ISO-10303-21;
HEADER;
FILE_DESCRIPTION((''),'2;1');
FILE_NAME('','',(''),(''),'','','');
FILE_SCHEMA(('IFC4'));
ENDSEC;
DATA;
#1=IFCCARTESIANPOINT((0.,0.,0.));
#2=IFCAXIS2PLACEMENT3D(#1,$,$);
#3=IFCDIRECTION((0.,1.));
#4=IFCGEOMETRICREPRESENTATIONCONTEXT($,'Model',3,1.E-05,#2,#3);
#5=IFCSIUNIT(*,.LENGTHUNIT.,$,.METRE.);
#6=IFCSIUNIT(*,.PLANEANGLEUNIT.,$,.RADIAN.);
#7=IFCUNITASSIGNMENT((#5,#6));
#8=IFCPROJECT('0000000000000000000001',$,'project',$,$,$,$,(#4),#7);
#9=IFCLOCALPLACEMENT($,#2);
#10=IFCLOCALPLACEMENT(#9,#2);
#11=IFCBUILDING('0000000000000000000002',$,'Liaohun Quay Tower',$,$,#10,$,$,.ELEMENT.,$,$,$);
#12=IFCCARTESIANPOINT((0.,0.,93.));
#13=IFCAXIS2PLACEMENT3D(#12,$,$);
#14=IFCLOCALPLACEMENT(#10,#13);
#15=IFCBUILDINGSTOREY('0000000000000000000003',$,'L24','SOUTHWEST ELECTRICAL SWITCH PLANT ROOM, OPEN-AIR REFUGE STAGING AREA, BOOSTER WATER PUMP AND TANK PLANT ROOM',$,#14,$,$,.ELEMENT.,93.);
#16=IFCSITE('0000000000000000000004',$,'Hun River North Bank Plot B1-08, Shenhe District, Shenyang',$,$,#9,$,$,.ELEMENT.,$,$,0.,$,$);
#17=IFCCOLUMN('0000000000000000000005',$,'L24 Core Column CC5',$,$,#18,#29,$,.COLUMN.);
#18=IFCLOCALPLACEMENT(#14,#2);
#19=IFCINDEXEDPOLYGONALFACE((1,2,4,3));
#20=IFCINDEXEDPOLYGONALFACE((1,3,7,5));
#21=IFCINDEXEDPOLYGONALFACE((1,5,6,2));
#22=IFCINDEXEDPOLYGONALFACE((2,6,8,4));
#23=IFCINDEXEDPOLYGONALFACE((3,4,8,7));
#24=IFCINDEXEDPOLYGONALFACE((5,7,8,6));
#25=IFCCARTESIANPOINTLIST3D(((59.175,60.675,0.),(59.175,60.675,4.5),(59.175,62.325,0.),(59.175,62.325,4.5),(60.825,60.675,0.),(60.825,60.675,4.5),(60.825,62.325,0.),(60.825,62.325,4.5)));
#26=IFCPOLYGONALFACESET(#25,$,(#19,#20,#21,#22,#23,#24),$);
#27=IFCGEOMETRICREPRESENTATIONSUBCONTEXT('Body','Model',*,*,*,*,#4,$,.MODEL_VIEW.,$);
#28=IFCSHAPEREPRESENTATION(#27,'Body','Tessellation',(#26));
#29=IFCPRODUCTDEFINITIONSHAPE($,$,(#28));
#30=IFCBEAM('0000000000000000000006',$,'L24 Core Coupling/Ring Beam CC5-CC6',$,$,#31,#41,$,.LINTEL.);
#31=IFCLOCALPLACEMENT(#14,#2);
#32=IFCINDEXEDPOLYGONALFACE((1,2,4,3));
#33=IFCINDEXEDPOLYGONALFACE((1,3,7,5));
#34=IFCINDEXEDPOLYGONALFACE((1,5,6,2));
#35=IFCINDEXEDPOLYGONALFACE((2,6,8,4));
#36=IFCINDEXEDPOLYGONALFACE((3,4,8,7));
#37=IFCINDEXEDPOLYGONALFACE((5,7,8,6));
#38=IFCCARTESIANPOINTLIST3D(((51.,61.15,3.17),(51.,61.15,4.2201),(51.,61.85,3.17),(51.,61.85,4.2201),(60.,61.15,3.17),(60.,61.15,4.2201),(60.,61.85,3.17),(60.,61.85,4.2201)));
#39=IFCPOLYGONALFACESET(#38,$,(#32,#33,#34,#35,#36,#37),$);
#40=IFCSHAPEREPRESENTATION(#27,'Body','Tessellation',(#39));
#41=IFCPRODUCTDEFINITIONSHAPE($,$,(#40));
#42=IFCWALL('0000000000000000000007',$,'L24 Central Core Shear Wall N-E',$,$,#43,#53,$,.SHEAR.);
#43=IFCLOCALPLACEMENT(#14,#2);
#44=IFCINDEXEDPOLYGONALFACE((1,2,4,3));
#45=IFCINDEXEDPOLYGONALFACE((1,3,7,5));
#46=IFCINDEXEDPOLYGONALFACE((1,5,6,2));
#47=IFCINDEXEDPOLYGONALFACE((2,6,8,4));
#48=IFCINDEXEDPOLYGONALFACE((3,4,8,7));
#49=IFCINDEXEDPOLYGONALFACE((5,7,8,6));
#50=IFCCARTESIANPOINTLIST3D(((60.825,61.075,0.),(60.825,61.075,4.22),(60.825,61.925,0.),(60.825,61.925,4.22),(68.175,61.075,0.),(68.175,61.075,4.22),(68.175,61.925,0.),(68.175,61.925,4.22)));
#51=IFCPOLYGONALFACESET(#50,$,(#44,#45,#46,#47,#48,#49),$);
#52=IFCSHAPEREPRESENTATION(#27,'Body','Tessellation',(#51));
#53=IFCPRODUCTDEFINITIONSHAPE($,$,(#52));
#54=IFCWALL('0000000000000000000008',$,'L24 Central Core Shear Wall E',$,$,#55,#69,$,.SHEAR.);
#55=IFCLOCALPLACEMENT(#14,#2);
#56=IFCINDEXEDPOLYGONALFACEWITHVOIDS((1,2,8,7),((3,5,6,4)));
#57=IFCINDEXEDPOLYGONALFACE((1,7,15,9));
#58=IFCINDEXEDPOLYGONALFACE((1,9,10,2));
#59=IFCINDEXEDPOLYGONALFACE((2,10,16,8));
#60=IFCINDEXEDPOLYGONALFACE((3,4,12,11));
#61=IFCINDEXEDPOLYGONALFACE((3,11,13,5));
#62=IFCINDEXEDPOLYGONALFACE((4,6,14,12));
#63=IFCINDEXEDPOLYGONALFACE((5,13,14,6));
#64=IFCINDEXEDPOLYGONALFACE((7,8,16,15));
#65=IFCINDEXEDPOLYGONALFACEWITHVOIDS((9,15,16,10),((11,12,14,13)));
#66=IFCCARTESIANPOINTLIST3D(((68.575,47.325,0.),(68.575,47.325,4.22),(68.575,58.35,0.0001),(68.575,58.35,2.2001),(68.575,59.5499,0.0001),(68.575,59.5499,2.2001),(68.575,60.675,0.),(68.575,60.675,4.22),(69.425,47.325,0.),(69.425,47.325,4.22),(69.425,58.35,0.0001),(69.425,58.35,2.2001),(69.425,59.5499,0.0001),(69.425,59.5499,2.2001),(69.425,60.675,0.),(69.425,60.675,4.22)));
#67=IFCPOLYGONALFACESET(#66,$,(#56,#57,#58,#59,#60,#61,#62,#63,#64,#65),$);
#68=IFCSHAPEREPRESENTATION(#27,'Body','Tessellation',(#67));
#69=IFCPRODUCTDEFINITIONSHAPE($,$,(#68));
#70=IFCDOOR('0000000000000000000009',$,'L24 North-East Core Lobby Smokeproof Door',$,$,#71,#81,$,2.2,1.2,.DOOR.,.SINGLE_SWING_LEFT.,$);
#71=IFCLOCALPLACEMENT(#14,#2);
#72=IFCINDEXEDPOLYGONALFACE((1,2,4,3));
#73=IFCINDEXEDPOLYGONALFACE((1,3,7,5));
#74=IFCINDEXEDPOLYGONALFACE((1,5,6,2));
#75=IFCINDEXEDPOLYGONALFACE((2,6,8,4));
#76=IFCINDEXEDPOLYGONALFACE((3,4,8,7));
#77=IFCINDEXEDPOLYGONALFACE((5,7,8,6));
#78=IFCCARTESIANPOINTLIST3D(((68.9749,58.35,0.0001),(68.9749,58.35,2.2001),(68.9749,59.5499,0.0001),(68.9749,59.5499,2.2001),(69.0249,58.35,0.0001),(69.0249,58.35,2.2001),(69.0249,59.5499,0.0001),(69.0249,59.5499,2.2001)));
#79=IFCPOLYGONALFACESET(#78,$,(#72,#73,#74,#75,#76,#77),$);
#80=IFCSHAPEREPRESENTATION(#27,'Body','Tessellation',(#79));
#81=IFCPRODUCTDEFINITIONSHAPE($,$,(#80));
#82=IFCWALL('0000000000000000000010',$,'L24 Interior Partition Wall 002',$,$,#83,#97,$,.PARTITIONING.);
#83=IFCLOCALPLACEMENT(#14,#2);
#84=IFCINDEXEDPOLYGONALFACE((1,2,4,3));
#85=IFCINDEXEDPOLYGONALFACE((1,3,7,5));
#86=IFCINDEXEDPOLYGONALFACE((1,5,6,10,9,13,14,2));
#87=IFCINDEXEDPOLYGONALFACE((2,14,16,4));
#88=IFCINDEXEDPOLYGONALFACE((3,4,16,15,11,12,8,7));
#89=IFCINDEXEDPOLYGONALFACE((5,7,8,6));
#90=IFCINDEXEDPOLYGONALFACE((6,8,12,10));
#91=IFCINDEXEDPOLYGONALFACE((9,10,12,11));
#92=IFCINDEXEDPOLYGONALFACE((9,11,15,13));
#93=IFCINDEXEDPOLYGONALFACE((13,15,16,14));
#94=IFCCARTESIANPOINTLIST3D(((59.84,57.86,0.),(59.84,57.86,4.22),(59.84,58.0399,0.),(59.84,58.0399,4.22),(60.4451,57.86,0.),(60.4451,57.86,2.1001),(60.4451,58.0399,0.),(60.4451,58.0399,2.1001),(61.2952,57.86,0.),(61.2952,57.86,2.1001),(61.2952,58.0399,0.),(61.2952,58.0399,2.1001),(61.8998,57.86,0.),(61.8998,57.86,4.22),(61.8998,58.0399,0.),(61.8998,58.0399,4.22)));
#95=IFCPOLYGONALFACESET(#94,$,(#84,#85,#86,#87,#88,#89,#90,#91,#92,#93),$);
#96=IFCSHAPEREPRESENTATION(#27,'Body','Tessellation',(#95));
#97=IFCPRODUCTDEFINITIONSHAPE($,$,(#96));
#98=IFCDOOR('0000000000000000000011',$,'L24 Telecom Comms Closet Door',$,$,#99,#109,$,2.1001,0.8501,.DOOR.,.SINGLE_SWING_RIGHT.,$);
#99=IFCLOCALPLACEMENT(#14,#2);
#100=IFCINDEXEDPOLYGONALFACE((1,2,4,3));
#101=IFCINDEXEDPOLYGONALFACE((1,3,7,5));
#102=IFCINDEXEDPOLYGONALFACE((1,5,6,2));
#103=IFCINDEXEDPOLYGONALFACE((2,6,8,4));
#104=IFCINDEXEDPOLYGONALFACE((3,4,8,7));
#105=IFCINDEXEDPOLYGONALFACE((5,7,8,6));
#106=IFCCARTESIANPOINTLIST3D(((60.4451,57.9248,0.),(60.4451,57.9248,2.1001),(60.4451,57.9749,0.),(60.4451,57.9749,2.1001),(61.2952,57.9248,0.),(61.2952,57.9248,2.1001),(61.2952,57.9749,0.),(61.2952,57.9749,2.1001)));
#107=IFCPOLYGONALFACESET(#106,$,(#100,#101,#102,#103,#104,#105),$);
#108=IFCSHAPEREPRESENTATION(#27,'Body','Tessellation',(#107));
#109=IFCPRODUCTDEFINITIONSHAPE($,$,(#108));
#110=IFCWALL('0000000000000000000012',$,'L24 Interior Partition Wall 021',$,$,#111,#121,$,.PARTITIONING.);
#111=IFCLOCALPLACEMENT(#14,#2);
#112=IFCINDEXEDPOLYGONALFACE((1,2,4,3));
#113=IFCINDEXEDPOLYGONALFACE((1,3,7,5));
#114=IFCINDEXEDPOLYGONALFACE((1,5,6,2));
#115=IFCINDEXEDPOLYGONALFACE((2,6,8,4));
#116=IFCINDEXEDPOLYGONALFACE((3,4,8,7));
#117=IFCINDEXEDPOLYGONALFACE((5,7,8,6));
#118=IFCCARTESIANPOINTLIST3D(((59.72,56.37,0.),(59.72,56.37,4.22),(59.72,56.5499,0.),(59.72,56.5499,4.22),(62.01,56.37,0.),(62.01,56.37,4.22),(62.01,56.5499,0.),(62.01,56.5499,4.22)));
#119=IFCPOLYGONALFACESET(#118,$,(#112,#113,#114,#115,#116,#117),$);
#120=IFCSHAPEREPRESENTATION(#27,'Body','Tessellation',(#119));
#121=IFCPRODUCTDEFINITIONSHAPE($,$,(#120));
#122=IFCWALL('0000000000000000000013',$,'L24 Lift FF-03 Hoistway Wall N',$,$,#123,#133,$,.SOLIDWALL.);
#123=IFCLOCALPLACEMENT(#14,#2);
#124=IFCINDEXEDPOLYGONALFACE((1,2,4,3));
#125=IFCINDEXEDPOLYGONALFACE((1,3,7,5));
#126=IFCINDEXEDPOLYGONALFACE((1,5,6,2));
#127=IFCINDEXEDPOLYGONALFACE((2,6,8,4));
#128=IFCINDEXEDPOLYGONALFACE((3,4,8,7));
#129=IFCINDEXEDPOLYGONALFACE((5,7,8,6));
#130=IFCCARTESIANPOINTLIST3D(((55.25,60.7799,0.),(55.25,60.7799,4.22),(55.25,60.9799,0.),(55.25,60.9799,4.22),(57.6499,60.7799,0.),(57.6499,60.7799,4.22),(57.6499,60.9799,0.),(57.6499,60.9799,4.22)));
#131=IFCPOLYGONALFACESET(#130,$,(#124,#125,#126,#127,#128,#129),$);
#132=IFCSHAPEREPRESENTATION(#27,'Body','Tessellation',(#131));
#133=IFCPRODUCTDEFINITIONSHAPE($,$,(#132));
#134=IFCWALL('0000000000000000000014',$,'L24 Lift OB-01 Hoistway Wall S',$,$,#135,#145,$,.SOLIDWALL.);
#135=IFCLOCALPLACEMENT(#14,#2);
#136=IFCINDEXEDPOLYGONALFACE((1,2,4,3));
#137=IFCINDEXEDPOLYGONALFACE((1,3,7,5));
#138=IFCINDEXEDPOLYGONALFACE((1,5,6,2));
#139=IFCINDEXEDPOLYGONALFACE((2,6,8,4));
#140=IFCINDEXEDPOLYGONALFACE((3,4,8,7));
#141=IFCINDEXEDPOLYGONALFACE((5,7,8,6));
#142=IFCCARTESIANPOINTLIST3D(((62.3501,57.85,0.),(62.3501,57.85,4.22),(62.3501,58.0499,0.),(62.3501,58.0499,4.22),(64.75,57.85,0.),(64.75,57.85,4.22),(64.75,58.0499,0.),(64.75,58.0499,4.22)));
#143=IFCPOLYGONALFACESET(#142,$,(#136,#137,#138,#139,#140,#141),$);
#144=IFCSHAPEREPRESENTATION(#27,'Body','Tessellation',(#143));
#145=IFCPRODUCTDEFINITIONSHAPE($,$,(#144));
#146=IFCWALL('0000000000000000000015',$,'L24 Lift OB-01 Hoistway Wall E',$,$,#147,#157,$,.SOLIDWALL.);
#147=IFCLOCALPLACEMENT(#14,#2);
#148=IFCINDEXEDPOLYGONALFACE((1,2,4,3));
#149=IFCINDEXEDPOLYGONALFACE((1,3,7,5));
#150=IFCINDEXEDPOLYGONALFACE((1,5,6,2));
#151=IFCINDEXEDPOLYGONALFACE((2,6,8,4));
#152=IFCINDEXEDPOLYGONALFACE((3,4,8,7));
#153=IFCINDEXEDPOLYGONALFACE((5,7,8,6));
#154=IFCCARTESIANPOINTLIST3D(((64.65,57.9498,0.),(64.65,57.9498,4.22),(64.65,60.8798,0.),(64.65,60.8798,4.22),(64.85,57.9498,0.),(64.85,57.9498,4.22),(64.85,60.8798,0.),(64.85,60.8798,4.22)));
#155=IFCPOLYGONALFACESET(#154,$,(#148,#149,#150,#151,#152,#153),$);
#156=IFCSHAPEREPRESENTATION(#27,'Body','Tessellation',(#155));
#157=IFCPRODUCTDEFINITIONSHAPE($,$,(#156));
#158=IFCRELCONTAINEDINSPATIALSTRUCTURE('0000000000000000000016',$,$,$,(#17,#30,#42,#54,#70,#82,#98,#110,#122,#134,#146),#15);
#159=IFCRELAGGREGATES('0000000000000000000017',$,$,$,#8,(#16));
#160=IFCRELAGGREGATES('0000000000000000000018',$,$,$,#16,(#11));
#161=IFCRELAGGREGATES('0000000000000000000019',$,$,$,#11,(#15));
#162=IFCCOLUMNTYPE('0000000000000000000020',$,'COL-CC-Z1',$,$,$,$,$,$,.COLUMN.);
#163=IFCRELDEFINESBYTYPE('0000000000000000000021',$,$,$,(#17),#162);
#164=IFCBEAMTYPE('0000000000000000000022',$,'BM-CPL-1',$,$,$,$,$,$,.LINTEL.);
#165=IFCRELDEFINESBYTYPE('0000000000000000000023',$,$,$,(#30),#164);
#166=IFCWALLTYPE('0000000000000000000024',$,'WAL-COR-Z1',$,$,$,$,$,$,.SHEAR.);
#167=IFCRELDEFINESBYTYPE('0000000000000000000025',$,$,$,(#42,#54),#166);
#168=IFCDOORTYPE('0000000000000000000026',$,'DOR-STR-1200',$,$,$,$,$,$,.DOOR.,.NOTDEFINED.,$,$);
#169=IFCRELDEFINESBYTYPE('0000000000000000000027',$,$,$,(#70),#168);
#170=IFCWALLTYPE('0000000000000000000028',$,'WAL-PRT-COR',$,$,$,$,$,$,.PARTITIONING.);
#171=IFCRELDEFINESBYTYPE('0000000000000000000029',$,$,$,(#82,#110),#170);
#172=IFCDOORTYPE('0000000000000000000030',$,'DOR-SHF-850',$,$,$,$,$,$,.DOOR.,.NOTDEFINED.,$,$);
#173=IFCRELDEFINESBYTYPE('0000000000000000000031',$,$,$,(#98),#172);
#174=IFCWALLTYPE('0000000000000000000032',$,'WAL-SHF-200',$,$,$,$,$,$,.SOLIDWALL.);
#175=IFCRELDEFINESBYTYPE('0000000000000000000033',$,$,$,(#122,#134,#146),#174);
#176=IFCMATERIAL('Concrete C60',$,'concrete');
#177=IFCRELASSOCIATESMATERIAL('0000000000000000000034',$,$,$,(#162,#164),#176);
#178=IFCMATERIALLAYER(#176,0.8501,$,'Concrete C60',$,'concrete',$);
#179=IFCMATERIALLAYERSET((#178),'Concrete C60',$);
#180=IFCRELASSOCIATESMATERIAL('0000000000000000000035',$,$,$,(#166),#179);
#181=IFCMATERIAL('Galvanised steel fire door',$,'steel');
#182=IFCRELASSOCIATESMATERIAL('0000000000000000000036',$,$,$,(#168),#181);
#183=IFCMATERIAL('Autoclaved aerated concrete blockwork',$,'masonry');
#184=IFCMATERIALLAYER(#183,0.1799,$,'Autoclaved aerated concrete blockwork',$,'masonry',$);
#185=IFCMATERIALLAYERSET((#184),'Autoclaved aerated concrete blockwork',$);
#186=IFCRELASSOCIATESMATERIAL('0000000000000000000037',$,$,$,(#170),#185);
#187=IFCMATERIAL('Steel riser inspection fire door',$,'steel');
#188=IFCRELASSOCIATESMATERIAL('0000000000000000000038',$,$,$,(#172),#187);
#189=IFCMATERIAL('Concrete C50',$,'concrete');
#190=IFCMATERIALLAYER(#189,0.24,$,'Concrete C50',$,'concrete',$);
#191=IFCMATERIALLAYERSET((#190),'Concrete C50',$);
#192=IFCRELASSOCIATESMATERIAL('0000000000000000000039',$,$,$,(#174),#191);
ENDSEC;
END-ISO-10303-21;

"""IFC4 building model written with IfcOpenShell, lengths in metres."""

from ifc_helpers import new_model, si_unit, direction, frame, frame_2d, origin, origin_2d, place, context, subcontext, project, spatial, rectangle, extrude, source, transform, mapped, material, layer, layer_set, material_profile, profile_set, type_object, element, fill, save


model = new_model("IFC4")

# Units and contexts
model_context = context("Model", 3, precision=1e-05, world=origin(), true_north=direction((0.0, 1.0)))
body_context = subcontext(model_context, "Body", "Model", "MODEL_VIEW")
ifc_project = project(units=[si_unit("LENGTHUNIT", "METRE"), si_unit("PLANEANGLEUNIT", "RADIAN")], contexts=[model_context])

# Site, building, storey
site_placement = place(None, origin())
site = spatial("IfcSite", under=ifc_project, at=site_placement, Name="Hun River North Bank Plot B1-08, Shenhe District, Shenyang", CompositionType="ELEMENT", RefElevation=0.0)
building_placement = place(site_placement, origin())
building = spatial("IfcBuilding", under=site, at=building_placement, Name="Liaohun Quay Tower", CompositionType="ELEMENT")
storey_placement = place(building_placement, frame((0.0, 0.0, 93.0)))
storey = spatial("IfcBuildingStorey", under=building, at=storey_placement, Name="L24", Description="SOUTHWEST ELECTRICAL SWITCH PLANT ROOM, OPEN-AIR REFUGE STAGING AREA, BOOSTER WATER PUMP AND TANK PLANT ROOM", CompositionType="ELEMENT", Elevation=93.0)

# Column
ifc_material_1 = material(Name="Concrete C60", Category="concrete")
ifc_material_profile_1 = material_profile(ifc_material_1, rectangle(XDim=1.6499, YDim=1.6499, at=origin_2d()), Name="RC1650x1650")
ifc_profile_set_1 = profile_set([ifc_material_profile_1], Name="Concrete C60")
column_type = type_object("IfcColumnType", Name="COL-CC-Z1", PredefinedType="COLUMN", material=ifc_profile_set_1)
shared_shape_1 = source(origin(), body_context, "Body", "SweptSolid", [
    extrude(rectangle(XDim=1.6499, YDim=1.6499, at=origin_2d()), origin(), (0.0, 0.0, 1.0), 4.5),
])
column_placement = place(storey_placement, frame((60.0, 61.5, 0.0), z_axis=(0.0, 0.0, 1.0), x_axis=(1.0, 0.0, 0.0)))
element("IfcColumn", 1, at=column_placement, inside=storey, type_object=column_type, Name="L24 Core Column CC5", PredefinedType="COLUMN", context=body_context, shape_type="MappedRepresentation", body=[
    mapped(shared_shape_1, transform((0.0, 0.0, 0.0), x_axis=(1.0, 0.0, 0.0), y_axis=(0.0, 1.0, 0.0), z_axis=(0.0, 0.0, 1.0), scale=1.0)),
])

# Beam
ifc_material_profile_2 = material_profile(ifc_material_1, rectangle(XDim=0.7, YDim=1.05, at=origin_2d()), Name="RC700x1050")
ifc_profile_set_2 = profile_set([ifc_material_profile_2], Name="Concrete C60")
beam_type = type_object("IfcBeamType", Name="BM-CPL-1", PredefinedType="LINTEL", material=ifc_profile_set_2)
shared_shape_2 = source(origin(), body_context, "Body", "SweptSolid", [
    extrude(rectangle(XDim=0.7, YDim=1.05, at=origin_2d()), origin(), (0.0, 0.0, 1.0), 9.0),
])
beam_placement = place(storey_placement, frame((60.0, 61.5, 3.6951), z_axis=(-1.0, 0.0, 0.0), x_axis=(0.0, -1.0, 0.0)))
element("IfcBeam", 2, at=beam_placement, inside=storey, type_object=beam_type, Name="L24 Core Coupling/Ring Beam CC5-CC6", PredefinedType="LINTEL", context=body_context, shape_type="MappedRepresentation", body=[
    mapped(shared_shape_2, transform((0.0, 0.0, 0.0), x_axis=(1.0, 0.0, 0.0), y_axis=(0.0, 1.0, 0.0), z_axis=(0.0, 0.0, 1.0), scale=1.0)),
])

# Wall
ifc_layer_1 = layer(ifc_material_1, 0.8501, Name="Concrete C60", Category="concrete")
ifc_layer_set_1 = layer_set([ifc_layer_1], Name="Concrete C60")
wall_type_1 = type_object("IfcWallType", Name="WAL-COR-Z1", PredefinedType="SHEAR", material=ifc_layer_set_1)
wall_1_placement = place(storey_placement, frame((60.825, 61.5, 0.0), z_axis=(0.0, 0.0, 1.0), x_axis=(1.0, 0.0, 0.0)))
element("IfcWall", 3, at=wall_1_placement, inside=storey, type_object=wall_type_1, Name="L24 Central Core Shear Wall N-E", PredefinedType="SHEAR", context=body_context, shape_type="SweptSolid", body=[
    extrude(rectangle(XDim=7.3501, YDim=0.8501, at=frame_2d((3.675, 0.0))), origin(), (0.0, 0.0, 1.0), 4.22),
])

# Walls, openings, doors
wall_2_placement = place(storey_placement, frame((69.0, 60.675, 0.0), z_axis=(0.0, 0.0, 1.0), x_axis=(0.0, -1.0, 0.0)))
wall_2 = element("IfcWall", 4, at=wall_2_placement, inside=storey, type_object=wall_type_1, Name="L24 Central Core Shear Wall E", PredefinedType="SHEAR", context=body_context, shape_type="SweptSolid", body=[
    extrude(rectangle(XDim=13.3501, YDim=0.8501, at=frame_2d((6.675, 0.0))), origin(), (0.0, 0.0, 1.0), 4.22),
])
shared_shape_3 = source(origin(), body_context, "Body", "SweptSolid", [
    extrude(rectangle(XDim=1.2, YDim=2.2, at=frame_2d((0.6001, 1.1001))), frame((0.0, 0.4351, 0.0), z_axis=(0.0, -1.0, 0.0), x_axis=(1.0, 0.0, 0.0)), (0.0, 0.0, 1.0), 0.8701),
])
opening_1_placement = place(wall_2_placement, frame((1.125, 0.0, 0.0)))
opening_1 = element("IfcOpeningElement", 5, at=opening_1_placement, cuts=wall_2, PredefinedType="OPENING", context=body_context, shape_type="MappedRepresentation", body=[
    mapped(shared_shape_3, transform((0.0, 0.0, 0.0), x_axis=(1.0, 0.0, 0.0), y_axis=(0.0, 1.0, 0.0), z_axis=(0.0, 0.0, 1.0), scale=1.0)),
])
ifc_material_2 = material(Name="Galvanised steel fire door", Category="steel")
door_type_1 = type_object("IfcDoorType", Name="DOR-STR-1200", OperationType="NOTDEFINED", PredefinedType="DOOR", material=ifc_material_2)
shared_shape_4 = source(origin(), body_context, "Body", "SweptSolid", [
    extrude(rectangle(XDim=1.2, YDim=2.2, at=frame_2d((0.6001, 1.1001))), frame((0.0, 0.0249, 0.0), z_axis=(0.0, -1.0, 0.0), x_axis=(1.0, 0.0, 0.0)), (0.0, 0.0, 1.0), 0.05),
])
door_1_placement = place(opening_1_placement, origin())
door_1 = element("IfcDoor", 6, at=door_1_placement, inside=storey, type_object=door_type_1, Name="L24 North-East Core Lobby Smokeproof Door", OperationType="SINGLE_SWING_LEFT", OverallHeight=2.2, OverallWidth=1.2, PredefinedType="DOOR", context=body_context, shape_type="MappedRepresentation", body=[
    mapped(shared_shape_4, transform((0.0, 0.0, 0.0), x_axis=(1.0, 0.0, 0.0), y_axis=(0.0, 1.0, 0.0), z_axis=(0.0, 0.0, 1.0), scale=1.0)),
])
fill(opening_1, door_1)
ifc_material_3 = material(Name="Autoclaved aerated concrete blockwork", Category="masonry")
ifc_layer_2 = layer(ifc_material_3, 0.1799, Name="Autoclaved aerated concrete blockwork", Category="masonry")
ifc_layer_set_2 = layer_set([ifc_layer_2], Name="Autoclaved aerated concrete blockwork")
wall_type_2 = type_object("IfcWallType", Name="WAL-PRT-COR", PredefinedType="PARTITIONING", material=ifc_layer_set_2)
wall_3_placement = place(storey_placement, frame((59.8401, 57.95, 0.0), z_axis=(0.0, 0.0, 1.0), x_axis=(1.0, 0.0, 0.0)))
wall_3 = element("IfcWall", 7, at=wall_3_placement, inside=storey, type_object=wall_type_2, Name="L24 Interior Partition Wall 002", PredefinedType="PARTITIONING", context=body_context, shape_type="SweptSolid", body=[
    extrude(rectangle(XDim=2.0598, YDim=0.1799, at=frame_2d((1.0298, 0.0))), origin(), (0.0, 0.0, 1.0), 4.22),
])
shared_shape_5 = source(origin(), body_context, "Body", "SweptSolid", [
    extrude(rectangle(XDim=0.8501, YDim=2.1001, at=frame_2d((0.425, 1.05))), frame((0.0, 0.0999, 0.0), z_axis=(0.0, -1.0, 0.0), x_axis=(1.0, 0.0, 0.0)), (0.0, 0.0, 1.0), 0.2),
])
opening_2_placement = place(wall_3_placement, frame((0.605, 0.0, 0.0)))
opening_2 = element("IfcOpeningElement", 8, at=opening_2_placement, cuts=wall_3, PredefinedType="OPENING", context=body_context, shape_type="MappedRepresentation", body=[
    mapped(shared_shape_5, transform((0.0, 0.0, 0.0), x_axis=(1.0, 0.0, 0.0), y_axis=(0.0, 1.0, 0.0), z_axis=(0.0, 0.0, 1.0), scale=1.0)),
])
ifc_material_4 = material(Name="Steel riser inspection fire door", Category="steel")
door_type_2 = type_object("IfcDoorType", Name="DOR-SHF-850", OperationType="NOTDEFINED", PredefinedType="DOOR", material=ifc_material_4)
shared_shape_6 = source(origin(), body_context, "Body", "SweptSolid", [
    extrude(rectangle(XDim=0.8501, YDim=2.1001, at=frame_2d((0.425, 1.05))), frame((0.0, 0.0249, 0.0), z_axis=(0.0, -1.0, 0.0), x_axis=(1.0, 0.0, 0.0)), (0.0, 0.0, 1.0), 0.05),
])
door_2_placement = place(opening_2_placement, origin())
door_2 = element("IfcDoor", 9, at=door_2_placement, inside=storey, type_object=door_type_2, Name="L24 Telecom Comms Closet Door", OperationType="SINGLE_SWING_RIGHT", OverallHeight=2.1001, OverallWidth=0.8501, PredefinedType="DOOR", context=body_context, shape_type="MappedRepresentation", body=[
    mapped(shared_shape_6, transform((0.0, 0.0, 0.0), x_axis=(1.0, 0.0, 0.0), y_axis=(0.0, 1.0, 0.0), z_axis=(0.0, 0.0, 1.0), scale=1.0)),
])
fill(opening_2, door_2)

# Walls
wall_4_placement = place(storey_placement, frame((59.72, 56.46, 0.0), z_axis=(0.0, 0.0, 1.0), x_axis=(1.0, 0.0, 0.0)))
element("IfcWall", 10, at=wall_4_placement, inside=storey, type_object=wall_type_2, Name="L24 Interior Partition Wall 021", PredefinedType="PARTITIONING", context=body_context, shape_type="SweptSolid", body=[
    extrude(rectangle(XDim=2.29, YDim=0.1799, at=frame_2d((1.145, 0.0))), origin(), (0.0, 0.0, 1.0), 4.22),
])
ifc_material_5 = material(Name="Concrete C50", Category="concrete")
ifc_layer_3 = layer(ifc_material_5, 0.24, Name="Concrete C50", Category="concrete")
ifc_layer_set_3 = layer_set([ifc_layer_3], Name="Concrete C50")
wall_type_3 = type_object("IfcWallType", Name="WAL-SHF-200", PredefinedType="SOLIDWALL", material=ifc_layer_set_3)
for number, where, z_axis, x_axis, name in (
    (11, (57.6499, 60.8799, 0.0), (0.0, 0.0, 1.0), (-1.0, 0.0, 0.0), "L24 Lift FF-03 Hoistway Wall N"),
    (12, (62.3501, 57.95, 0.0), (0.0, 0.0, 1.0), (1.0, 0.0, 0.0), "L24 Lift OB-01 Hoistway Wall S"),
):
    element("IfcWall", number, at=place(storey_placement, frame(where, z_axis=z_axis, x_axis=x_axis)), inside=storey, type_object=wall_type_3, Name=name, PredefinedType="SOLIDWALL", context=body_context, shape_type="SweptSolid", body=[
        extrude(rectangle(XDim=2.3999, YDim=0.2, at=frame_2d((1.2, 0.0))), origin(), (0.0, 0.0, 1.0), 4.22),
    ])
wall_5_placement = place(storey_placement, frame((64.75, 57.95, 0.0), z_axis=(0.0, 0.0, 1.0), x_axis=(0.0, 1.0, 0.0)))
element("IfcWall", 13, at=wall_5_placement, inside=storey, type_object=wall_type_3, Name="L24 Lift OB-01 Hoistway Wall E", PredefinedType="SOLIDWALL", context=body_context, shape_type="SweptSolid", body=[
    extrude(rectangle(XDim=2.9299, YDim=0.2, at=frame_2d((1.4648, 0.0))), origin(), (0.0, 0.0, 1.0), 4.22),
])

save(model, "model.ifc")
